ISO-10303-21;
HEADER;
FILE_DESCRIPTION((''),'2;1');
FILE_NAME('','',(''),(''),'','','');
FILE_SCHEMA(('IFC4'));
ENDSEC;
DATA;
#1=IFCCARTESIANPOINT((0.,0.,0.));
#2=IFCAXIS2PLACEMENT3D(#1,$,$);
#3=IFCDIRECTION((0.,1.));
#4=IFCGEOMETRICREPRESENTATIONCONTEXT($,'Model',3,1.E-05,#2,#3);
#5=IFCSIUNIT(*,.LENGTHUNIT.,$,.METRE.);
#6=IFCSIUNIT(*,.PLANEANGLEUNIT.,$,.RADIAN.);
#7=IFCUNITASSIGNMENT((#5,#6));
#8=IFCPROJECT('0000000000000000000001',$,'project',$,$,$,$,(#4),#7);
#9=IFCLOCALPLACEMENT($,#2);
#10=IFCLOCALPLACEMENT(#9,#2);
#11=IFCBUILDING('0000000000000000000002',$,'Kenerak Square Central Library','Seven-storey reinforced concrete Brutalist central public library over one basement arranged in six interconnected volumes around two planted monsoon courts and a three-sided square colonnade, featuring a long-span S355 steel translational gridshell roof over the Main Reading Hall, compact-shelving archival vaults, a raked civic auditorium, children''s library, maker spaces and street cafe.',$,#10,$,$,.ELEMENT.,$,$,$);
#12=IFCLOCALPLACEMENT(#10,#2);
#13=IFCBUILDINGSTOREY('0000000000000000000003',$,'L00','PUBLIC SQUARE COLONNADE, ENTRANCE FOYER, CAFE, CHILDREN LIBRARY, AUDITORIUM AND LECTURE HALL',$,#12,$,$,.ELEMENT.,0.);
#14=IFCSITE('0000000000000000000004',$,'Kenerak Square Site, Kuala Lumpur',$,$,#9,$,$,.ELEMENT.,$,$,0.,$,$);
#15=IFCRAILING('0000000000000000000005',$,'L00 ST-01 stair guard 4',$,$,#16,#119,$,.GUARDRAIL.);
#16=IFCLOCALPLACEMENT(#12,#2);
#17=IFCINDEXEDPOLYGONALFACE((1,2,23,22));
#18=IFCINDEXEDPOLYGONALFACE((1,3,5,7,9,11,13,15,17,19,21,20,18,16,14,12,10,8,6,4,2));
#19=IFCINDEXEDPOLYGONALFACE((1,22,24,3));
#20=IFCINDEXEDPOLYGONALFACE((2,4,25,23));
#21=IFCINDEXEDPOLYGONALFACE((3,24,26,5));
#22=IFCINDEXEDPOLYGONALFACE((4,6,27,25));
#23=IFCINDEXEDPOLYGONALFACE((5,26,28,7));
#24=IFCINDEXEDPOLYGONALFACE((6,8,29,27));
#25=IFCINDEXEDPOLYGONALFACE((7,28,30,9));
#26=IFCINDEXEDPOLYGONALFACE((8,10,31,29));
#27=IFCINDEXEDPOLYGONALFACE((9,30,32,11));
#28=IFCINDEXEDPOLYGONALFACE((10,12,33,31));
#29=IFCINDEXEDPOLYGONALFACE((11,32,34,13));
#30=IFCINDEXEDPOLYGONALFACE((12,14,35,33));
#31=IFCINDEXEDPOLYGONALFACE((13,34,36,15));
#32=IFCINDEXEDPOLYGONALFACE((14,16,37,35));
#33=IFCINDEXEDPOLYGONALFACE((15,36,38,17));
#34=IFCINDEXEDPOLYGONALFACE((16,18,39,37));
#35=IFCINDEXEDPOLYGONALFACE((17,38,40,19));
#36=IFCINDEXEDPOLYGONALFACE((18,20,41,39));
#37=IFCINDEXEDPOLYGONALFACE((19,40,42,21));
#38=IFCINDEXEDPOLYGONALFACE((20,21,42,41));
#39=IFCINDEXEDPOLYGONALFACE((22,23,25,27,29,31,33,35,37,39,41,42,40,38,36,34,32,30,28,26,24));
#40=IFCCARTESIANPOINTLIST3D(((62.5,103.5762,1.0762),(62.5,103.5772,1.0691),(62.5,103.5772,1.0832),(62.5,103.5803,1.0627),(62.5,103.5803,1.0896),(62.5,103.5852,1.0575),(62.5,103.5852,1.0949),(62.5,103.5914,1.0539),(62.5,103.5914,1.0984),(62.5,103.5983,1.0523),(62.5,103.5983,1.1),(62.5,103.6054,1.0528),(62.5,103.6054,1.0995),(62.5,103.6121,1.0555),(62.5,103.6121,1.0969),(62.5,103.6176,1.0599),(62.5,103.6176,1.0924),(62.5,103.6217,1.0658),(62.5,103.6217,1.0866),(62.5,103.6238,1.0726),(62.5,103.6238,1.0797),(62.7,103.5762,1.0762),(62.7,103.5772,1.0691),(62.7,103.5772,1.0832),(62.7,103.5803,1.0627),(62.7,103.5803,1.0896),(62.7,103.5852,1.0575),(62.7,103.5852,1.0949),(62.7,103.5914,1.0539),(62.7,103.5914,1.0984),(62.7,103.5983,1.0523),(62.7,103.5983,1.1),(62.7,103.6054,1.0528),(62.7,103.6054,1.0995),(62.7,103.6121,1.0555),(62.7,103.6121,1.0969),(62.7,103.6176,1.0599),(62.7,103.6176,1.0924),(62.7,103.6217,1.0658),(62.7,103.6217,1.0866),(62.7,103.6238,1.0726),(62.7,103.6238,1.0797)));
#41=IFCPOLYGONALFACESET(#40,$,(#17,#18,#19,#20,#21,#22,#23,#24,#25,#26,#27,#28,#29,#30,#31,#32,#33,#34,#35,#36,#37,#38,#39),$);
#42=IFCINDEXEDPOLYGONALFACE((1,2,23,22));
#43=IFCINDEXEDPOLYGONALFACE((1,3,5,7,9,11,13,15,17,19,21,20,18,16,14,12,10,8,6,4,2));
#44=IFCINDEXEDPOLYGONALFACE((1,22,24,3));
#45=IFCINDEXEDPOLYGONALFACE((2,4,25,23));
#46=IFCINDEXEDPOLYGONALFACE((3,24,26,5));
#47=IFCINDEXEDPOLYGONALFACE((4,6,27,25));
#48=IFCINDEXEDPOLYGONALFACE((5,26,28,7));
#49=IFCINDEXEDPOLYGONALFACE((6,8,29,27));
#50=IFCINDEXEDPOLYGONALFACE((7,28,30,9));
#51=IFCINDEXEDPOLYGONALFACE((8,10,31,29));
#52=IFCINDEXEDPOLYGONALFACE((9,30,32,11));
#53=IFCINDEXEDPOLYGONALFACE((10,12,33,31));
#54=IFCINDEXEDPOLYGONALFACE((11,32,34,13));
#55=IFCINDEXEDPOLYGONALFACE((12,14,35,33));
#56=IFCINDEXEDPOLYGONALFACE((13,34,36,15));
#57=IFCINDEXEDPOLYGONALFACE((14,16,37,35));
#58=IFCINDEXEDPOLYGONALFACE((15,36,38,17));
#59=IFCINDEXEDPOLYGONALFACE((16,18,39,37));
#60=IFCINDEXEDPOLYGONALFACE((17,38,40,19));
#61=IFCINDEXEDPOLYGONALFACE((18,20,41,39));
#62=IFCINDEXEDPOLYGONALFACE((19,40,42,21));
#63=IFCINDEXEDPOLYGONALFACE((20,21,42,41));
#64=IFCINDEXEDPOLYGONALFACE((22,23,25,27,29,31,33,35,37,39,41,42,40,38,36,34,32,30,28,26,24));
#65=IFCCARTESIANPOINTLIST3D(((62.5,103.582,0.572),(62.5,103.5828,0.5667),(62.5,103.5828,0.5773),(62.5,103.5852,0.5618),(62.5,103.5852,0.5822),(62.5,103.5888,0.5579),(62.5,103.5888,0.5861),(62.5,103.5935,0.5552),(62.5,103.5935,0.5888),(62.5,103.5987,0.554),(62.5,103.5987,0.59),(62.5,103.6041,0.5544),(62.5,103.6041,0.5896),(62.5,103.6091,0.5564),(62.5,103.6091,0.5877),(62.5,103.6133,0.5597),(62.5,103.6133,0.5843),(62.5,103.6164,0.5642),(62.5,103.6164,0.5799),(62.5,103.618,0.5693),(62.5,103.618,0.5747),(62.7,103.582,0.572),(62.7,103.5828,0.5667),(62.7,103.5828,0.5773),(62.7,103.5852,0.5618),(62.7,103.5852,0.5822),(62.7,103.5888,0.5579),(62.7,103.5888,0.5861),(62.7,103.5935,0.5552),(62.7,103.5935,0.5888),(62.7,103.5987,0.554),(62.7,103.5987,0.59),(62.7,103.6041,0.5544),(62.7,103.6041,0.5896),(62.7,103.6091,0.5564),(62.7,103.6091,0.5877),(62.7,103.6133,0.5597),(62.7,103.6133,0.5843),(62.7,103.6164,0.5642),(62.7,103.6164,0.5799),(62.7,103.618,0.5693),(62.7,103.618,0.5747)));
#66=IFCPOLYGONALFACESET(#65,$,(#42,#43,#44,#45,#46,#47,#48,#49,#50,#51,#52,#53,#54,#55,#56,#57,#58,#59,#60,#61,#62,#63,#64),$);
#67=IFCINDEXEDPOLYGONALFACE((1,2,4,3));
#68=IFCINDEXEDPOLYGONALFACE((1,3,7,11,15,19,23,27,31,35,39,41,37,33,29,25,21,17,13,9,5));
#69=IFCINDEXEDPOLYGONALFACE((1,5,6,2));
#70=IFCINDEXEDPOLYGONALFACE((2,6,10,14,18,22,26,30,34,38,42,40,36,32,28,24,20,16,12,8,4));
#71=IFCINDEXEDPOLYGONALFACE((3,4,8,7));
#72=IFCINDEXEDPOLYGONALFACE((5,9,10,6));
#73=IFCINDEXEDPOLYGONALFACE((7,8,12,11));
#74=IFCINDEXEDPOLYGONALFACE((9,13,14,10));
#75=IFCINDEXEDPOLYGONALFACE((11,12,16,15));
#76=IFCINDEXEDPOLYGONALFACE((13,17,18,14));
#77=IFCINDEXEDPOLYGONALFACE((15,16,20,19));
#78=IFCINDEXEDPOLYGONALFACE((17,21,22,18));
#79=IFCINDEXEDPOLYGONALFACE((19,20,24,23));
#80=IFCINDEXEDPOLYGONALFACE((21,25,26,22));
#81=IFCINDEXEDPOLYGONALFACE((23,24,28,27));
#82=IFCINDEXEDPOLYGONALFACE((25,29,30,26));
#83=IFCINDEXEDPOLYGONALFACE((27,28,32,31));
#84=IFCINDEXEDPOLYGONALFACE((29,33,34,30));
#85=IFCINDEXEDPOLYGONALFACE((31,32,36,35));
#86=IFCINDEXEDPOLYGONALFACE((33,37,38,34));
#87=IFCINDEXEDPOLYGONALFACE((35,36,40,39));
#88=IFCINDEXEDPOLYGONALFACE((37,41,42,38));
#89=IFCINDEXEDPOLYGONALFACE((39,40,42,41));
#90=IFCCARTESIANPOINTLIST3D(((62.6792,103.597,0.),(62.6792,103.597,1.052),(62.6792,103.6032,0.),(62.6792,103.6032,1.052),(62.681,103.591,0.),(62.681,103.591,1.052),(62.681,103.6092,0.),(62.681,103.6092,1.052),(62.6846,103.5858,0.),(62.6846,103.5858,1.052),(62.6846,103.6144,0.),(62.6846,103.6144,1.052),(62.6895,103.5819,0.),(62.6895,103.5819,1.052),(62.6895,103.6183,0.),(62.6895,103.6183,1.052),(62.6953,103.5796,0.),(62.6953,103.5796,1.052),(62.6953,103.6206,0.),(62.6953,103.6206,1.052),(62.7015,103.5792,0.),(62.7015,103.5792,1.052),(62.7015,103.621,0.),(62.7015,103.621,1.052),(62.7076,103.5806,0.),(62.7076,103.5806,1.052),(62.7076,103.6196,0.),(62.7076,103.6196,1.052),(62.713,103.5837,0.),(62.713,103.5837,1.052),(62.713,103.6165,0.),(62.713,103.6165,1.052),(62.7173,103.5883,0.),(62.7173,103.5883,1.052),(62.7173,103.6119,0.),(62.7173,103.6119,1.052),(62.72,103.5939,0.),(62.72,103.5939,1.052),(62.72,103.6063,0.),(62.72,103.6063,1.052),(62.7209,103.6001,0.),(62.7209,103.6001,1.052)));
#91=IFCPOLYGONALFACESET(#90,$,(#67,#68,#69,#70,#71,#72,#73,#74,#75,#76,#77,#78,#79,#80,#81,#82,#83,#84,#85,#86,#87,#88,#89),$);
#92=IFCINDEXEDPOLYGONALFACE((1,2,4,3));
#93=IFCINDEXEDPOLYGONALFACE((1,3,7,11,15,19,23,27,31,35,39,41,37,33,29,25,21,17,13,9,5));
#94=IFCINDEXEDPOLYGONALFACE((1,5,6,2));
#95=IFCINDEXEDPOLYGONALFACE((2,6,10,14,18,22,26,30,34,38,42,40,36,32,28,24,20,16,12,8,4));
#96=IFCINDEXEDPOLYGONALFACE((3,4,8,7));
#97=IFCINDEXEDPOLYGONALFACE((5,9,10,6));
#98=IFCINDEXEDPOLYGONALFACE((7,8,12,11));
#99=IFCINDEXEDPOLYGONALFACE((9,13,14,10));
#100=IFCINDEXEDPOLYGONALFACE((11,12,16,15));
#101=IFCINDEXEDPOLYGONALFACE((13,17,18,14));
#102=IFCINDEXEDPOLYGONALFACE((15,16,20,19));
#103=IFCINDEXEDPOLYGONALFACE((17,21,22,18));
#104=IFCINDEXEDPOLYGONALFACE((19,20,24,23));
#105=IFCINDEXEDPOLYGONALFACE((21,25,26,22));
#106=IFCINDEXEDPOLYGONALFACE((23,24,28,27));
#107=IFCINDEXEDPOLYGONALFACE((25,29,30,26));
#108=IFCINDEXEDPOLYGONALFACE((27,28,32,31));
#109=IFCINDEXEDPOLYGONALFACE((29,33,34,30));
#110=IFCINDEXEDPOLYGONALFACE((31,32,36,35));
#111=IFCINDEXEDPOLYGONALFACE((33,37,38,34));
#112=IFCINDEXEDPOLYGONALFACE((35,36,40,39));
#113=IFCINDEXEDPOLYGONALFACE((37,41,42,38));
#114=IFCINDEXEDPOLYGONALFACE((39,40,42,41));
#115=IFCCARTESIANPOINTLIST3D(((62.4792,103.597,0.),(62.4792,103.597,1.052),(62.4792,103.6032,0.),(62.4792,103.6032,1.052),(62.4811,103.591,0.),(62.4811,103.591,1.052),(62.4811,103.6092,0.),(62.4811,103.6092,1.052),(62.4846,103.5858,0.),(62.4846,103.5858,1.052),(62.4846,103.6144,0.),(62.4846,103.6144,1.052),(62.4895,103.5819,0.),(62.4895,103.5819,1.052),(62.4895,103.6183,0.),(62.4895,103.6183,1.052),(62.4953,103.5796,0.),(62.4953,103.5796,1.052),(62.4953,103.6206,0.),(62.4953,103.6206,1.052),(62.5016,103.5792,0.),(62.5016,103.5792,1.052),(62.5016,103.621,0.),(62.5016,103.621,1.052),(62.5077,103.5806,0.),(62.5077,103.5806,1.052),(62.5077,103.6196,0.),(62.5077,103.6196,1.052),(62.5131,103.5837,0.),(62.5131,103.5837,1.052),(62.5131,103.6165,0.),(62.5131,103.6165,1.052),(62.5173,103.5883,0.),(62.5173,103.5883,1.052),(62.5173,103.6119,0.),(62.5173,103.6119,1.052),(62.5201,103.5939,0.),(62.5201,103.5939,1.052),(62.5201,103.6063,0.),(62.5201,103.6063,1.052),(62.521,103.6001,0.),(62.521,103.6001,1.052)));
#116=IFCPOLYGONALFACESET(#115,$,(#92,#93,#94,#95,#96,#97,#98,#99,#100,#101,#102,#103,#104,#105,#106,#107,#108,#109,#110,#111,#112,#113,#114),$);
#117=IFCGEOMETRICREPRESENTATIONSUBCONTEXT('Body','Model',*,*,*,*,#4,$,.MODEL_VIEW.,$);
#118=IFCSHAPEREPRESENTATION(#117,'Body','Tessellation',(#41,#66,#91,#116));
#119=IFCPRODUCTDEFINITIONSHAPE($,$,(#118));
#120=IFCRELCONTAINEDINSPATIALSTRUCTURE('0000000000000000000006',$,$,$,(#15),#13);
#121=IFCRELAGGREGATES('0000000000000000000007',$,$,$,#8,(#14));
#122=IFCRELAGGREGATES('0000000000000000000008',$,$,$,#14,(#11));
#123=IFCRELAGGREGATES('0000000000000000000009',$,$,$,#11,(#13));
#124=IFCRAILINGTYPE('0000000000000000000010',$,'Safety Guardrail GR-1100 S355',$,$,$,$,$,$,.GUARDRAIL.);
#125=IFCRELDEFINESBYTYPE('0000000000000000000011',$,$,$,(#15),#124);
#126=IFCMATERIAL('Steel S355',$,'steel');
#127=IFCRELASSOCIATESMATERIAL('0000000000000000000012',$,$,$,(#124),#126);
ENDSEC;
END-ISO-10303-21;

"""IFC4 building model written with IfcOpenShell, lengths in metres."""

from ifc_helpers import new_model, si_unit, direction, frame, origin, origin_2d, place, context, subcontext, project, spatial, circle, extrude, material, type_object, element, save


model = new_model("IFC4")

# Units and contexts
model_context = context("Model", 3, precision=1e-05, world=origin(), true_north=direction((0.0, 1.0)))
body_context = subcontext(model_context, "Body", "Model", "MODEL_VIEW")
ifc_project = project(units=[si_unit("LENGTHUNIT", "METRE"), si_unit("PLANEANGLEUNIT", "RADIAN")], contexts=[model_context])

# Site, building, storey
site_placement = place(None, origin())
site = spatial("IfcSite", under=ifc_project, at=site_placement, Name="Kenerak Square Site, Kuala Lumpur", CompositionType="ELEMENT", RefElevation=0.0)
building_placement = place(site_placement, origin())
building = spatial("IfcBuilding", under=site, at=building_placement, Name="Kenerak Square Central Library", Description="Seven-storey reinforced concrete Brutalist central public library over one basement arranged in six interconnected volumes around two planted monsoon courts and a three-sided square colonnade, featuring a long-span S355 steel translational gridshell roof over the Main Reading Hall, compact-shelving archival vaults, a raked civic auditorium, children's library, maker spaces and street cafe.", CompositionType="ELEMENT")
storey_placement = place(building_placement, origin())
storey = spatial("IfcBuildingStorey", under=building, at=storey_placement, Name="L00", Description="PUBLIC SQUARE COLONNADE, ENTRANCE FOYER, CAFE, CHILDREN LIBRARY, AUDITORIUM AND LECTURE HALL", CompositionType="ELEMENT", Elevation=0.0)

# Shared definitions
ifc_material_1 = material(Name="Steel S355", Category="steel")

# Railing
railing_type_1 = type_object("IfcRailingType", Name="Safety Guardrail GR-1100 S355", PredefinedType="GUARDRAIL", material=ifc_material_1)
railing_1_placement = place(storey_placement, frame((62.7, 103.6001, 0.0)))
element("IfcRailing", 1, at=railing_1_placement, inside=storey, type_object=railing_type_1, Name="L00 ST-01 stair guard 4", PredefinedType="GUARDRAIL", context=body_context, shape_type="SweptSolid", body=[
    extrude(circle(Radius=0.0239, at=origin_2d()), frame((0.0, 0.0, 1.0762), z_axis=(-1.0, 0.0, 0.0), x_axis=(0.0, -1.0, 0.0)), (0.0, 0.0, 1.0), 0.2),
    extrude(circle(Radius=0.0181, at=origin_2d()), frame((0.0, 0.0, 0.572), z_axis=(-1.0, 0.0, 0.0), x_axis=(0.0, -1.0, 0.0)), (0.0, 0.0, 1.0), 0.2),
    extrude(circle(Radius=0.021, at=origin_2d()), origin(), (0.0, 0.0, 1.0), 1.052),
    extrude(circle(Radius=0.021, at=origin_2d()), frame((-0.2, 0.0, 0.0)), (0.0, 0.0, 1.0), 1.052),
])

save(model, "model.ifc")
